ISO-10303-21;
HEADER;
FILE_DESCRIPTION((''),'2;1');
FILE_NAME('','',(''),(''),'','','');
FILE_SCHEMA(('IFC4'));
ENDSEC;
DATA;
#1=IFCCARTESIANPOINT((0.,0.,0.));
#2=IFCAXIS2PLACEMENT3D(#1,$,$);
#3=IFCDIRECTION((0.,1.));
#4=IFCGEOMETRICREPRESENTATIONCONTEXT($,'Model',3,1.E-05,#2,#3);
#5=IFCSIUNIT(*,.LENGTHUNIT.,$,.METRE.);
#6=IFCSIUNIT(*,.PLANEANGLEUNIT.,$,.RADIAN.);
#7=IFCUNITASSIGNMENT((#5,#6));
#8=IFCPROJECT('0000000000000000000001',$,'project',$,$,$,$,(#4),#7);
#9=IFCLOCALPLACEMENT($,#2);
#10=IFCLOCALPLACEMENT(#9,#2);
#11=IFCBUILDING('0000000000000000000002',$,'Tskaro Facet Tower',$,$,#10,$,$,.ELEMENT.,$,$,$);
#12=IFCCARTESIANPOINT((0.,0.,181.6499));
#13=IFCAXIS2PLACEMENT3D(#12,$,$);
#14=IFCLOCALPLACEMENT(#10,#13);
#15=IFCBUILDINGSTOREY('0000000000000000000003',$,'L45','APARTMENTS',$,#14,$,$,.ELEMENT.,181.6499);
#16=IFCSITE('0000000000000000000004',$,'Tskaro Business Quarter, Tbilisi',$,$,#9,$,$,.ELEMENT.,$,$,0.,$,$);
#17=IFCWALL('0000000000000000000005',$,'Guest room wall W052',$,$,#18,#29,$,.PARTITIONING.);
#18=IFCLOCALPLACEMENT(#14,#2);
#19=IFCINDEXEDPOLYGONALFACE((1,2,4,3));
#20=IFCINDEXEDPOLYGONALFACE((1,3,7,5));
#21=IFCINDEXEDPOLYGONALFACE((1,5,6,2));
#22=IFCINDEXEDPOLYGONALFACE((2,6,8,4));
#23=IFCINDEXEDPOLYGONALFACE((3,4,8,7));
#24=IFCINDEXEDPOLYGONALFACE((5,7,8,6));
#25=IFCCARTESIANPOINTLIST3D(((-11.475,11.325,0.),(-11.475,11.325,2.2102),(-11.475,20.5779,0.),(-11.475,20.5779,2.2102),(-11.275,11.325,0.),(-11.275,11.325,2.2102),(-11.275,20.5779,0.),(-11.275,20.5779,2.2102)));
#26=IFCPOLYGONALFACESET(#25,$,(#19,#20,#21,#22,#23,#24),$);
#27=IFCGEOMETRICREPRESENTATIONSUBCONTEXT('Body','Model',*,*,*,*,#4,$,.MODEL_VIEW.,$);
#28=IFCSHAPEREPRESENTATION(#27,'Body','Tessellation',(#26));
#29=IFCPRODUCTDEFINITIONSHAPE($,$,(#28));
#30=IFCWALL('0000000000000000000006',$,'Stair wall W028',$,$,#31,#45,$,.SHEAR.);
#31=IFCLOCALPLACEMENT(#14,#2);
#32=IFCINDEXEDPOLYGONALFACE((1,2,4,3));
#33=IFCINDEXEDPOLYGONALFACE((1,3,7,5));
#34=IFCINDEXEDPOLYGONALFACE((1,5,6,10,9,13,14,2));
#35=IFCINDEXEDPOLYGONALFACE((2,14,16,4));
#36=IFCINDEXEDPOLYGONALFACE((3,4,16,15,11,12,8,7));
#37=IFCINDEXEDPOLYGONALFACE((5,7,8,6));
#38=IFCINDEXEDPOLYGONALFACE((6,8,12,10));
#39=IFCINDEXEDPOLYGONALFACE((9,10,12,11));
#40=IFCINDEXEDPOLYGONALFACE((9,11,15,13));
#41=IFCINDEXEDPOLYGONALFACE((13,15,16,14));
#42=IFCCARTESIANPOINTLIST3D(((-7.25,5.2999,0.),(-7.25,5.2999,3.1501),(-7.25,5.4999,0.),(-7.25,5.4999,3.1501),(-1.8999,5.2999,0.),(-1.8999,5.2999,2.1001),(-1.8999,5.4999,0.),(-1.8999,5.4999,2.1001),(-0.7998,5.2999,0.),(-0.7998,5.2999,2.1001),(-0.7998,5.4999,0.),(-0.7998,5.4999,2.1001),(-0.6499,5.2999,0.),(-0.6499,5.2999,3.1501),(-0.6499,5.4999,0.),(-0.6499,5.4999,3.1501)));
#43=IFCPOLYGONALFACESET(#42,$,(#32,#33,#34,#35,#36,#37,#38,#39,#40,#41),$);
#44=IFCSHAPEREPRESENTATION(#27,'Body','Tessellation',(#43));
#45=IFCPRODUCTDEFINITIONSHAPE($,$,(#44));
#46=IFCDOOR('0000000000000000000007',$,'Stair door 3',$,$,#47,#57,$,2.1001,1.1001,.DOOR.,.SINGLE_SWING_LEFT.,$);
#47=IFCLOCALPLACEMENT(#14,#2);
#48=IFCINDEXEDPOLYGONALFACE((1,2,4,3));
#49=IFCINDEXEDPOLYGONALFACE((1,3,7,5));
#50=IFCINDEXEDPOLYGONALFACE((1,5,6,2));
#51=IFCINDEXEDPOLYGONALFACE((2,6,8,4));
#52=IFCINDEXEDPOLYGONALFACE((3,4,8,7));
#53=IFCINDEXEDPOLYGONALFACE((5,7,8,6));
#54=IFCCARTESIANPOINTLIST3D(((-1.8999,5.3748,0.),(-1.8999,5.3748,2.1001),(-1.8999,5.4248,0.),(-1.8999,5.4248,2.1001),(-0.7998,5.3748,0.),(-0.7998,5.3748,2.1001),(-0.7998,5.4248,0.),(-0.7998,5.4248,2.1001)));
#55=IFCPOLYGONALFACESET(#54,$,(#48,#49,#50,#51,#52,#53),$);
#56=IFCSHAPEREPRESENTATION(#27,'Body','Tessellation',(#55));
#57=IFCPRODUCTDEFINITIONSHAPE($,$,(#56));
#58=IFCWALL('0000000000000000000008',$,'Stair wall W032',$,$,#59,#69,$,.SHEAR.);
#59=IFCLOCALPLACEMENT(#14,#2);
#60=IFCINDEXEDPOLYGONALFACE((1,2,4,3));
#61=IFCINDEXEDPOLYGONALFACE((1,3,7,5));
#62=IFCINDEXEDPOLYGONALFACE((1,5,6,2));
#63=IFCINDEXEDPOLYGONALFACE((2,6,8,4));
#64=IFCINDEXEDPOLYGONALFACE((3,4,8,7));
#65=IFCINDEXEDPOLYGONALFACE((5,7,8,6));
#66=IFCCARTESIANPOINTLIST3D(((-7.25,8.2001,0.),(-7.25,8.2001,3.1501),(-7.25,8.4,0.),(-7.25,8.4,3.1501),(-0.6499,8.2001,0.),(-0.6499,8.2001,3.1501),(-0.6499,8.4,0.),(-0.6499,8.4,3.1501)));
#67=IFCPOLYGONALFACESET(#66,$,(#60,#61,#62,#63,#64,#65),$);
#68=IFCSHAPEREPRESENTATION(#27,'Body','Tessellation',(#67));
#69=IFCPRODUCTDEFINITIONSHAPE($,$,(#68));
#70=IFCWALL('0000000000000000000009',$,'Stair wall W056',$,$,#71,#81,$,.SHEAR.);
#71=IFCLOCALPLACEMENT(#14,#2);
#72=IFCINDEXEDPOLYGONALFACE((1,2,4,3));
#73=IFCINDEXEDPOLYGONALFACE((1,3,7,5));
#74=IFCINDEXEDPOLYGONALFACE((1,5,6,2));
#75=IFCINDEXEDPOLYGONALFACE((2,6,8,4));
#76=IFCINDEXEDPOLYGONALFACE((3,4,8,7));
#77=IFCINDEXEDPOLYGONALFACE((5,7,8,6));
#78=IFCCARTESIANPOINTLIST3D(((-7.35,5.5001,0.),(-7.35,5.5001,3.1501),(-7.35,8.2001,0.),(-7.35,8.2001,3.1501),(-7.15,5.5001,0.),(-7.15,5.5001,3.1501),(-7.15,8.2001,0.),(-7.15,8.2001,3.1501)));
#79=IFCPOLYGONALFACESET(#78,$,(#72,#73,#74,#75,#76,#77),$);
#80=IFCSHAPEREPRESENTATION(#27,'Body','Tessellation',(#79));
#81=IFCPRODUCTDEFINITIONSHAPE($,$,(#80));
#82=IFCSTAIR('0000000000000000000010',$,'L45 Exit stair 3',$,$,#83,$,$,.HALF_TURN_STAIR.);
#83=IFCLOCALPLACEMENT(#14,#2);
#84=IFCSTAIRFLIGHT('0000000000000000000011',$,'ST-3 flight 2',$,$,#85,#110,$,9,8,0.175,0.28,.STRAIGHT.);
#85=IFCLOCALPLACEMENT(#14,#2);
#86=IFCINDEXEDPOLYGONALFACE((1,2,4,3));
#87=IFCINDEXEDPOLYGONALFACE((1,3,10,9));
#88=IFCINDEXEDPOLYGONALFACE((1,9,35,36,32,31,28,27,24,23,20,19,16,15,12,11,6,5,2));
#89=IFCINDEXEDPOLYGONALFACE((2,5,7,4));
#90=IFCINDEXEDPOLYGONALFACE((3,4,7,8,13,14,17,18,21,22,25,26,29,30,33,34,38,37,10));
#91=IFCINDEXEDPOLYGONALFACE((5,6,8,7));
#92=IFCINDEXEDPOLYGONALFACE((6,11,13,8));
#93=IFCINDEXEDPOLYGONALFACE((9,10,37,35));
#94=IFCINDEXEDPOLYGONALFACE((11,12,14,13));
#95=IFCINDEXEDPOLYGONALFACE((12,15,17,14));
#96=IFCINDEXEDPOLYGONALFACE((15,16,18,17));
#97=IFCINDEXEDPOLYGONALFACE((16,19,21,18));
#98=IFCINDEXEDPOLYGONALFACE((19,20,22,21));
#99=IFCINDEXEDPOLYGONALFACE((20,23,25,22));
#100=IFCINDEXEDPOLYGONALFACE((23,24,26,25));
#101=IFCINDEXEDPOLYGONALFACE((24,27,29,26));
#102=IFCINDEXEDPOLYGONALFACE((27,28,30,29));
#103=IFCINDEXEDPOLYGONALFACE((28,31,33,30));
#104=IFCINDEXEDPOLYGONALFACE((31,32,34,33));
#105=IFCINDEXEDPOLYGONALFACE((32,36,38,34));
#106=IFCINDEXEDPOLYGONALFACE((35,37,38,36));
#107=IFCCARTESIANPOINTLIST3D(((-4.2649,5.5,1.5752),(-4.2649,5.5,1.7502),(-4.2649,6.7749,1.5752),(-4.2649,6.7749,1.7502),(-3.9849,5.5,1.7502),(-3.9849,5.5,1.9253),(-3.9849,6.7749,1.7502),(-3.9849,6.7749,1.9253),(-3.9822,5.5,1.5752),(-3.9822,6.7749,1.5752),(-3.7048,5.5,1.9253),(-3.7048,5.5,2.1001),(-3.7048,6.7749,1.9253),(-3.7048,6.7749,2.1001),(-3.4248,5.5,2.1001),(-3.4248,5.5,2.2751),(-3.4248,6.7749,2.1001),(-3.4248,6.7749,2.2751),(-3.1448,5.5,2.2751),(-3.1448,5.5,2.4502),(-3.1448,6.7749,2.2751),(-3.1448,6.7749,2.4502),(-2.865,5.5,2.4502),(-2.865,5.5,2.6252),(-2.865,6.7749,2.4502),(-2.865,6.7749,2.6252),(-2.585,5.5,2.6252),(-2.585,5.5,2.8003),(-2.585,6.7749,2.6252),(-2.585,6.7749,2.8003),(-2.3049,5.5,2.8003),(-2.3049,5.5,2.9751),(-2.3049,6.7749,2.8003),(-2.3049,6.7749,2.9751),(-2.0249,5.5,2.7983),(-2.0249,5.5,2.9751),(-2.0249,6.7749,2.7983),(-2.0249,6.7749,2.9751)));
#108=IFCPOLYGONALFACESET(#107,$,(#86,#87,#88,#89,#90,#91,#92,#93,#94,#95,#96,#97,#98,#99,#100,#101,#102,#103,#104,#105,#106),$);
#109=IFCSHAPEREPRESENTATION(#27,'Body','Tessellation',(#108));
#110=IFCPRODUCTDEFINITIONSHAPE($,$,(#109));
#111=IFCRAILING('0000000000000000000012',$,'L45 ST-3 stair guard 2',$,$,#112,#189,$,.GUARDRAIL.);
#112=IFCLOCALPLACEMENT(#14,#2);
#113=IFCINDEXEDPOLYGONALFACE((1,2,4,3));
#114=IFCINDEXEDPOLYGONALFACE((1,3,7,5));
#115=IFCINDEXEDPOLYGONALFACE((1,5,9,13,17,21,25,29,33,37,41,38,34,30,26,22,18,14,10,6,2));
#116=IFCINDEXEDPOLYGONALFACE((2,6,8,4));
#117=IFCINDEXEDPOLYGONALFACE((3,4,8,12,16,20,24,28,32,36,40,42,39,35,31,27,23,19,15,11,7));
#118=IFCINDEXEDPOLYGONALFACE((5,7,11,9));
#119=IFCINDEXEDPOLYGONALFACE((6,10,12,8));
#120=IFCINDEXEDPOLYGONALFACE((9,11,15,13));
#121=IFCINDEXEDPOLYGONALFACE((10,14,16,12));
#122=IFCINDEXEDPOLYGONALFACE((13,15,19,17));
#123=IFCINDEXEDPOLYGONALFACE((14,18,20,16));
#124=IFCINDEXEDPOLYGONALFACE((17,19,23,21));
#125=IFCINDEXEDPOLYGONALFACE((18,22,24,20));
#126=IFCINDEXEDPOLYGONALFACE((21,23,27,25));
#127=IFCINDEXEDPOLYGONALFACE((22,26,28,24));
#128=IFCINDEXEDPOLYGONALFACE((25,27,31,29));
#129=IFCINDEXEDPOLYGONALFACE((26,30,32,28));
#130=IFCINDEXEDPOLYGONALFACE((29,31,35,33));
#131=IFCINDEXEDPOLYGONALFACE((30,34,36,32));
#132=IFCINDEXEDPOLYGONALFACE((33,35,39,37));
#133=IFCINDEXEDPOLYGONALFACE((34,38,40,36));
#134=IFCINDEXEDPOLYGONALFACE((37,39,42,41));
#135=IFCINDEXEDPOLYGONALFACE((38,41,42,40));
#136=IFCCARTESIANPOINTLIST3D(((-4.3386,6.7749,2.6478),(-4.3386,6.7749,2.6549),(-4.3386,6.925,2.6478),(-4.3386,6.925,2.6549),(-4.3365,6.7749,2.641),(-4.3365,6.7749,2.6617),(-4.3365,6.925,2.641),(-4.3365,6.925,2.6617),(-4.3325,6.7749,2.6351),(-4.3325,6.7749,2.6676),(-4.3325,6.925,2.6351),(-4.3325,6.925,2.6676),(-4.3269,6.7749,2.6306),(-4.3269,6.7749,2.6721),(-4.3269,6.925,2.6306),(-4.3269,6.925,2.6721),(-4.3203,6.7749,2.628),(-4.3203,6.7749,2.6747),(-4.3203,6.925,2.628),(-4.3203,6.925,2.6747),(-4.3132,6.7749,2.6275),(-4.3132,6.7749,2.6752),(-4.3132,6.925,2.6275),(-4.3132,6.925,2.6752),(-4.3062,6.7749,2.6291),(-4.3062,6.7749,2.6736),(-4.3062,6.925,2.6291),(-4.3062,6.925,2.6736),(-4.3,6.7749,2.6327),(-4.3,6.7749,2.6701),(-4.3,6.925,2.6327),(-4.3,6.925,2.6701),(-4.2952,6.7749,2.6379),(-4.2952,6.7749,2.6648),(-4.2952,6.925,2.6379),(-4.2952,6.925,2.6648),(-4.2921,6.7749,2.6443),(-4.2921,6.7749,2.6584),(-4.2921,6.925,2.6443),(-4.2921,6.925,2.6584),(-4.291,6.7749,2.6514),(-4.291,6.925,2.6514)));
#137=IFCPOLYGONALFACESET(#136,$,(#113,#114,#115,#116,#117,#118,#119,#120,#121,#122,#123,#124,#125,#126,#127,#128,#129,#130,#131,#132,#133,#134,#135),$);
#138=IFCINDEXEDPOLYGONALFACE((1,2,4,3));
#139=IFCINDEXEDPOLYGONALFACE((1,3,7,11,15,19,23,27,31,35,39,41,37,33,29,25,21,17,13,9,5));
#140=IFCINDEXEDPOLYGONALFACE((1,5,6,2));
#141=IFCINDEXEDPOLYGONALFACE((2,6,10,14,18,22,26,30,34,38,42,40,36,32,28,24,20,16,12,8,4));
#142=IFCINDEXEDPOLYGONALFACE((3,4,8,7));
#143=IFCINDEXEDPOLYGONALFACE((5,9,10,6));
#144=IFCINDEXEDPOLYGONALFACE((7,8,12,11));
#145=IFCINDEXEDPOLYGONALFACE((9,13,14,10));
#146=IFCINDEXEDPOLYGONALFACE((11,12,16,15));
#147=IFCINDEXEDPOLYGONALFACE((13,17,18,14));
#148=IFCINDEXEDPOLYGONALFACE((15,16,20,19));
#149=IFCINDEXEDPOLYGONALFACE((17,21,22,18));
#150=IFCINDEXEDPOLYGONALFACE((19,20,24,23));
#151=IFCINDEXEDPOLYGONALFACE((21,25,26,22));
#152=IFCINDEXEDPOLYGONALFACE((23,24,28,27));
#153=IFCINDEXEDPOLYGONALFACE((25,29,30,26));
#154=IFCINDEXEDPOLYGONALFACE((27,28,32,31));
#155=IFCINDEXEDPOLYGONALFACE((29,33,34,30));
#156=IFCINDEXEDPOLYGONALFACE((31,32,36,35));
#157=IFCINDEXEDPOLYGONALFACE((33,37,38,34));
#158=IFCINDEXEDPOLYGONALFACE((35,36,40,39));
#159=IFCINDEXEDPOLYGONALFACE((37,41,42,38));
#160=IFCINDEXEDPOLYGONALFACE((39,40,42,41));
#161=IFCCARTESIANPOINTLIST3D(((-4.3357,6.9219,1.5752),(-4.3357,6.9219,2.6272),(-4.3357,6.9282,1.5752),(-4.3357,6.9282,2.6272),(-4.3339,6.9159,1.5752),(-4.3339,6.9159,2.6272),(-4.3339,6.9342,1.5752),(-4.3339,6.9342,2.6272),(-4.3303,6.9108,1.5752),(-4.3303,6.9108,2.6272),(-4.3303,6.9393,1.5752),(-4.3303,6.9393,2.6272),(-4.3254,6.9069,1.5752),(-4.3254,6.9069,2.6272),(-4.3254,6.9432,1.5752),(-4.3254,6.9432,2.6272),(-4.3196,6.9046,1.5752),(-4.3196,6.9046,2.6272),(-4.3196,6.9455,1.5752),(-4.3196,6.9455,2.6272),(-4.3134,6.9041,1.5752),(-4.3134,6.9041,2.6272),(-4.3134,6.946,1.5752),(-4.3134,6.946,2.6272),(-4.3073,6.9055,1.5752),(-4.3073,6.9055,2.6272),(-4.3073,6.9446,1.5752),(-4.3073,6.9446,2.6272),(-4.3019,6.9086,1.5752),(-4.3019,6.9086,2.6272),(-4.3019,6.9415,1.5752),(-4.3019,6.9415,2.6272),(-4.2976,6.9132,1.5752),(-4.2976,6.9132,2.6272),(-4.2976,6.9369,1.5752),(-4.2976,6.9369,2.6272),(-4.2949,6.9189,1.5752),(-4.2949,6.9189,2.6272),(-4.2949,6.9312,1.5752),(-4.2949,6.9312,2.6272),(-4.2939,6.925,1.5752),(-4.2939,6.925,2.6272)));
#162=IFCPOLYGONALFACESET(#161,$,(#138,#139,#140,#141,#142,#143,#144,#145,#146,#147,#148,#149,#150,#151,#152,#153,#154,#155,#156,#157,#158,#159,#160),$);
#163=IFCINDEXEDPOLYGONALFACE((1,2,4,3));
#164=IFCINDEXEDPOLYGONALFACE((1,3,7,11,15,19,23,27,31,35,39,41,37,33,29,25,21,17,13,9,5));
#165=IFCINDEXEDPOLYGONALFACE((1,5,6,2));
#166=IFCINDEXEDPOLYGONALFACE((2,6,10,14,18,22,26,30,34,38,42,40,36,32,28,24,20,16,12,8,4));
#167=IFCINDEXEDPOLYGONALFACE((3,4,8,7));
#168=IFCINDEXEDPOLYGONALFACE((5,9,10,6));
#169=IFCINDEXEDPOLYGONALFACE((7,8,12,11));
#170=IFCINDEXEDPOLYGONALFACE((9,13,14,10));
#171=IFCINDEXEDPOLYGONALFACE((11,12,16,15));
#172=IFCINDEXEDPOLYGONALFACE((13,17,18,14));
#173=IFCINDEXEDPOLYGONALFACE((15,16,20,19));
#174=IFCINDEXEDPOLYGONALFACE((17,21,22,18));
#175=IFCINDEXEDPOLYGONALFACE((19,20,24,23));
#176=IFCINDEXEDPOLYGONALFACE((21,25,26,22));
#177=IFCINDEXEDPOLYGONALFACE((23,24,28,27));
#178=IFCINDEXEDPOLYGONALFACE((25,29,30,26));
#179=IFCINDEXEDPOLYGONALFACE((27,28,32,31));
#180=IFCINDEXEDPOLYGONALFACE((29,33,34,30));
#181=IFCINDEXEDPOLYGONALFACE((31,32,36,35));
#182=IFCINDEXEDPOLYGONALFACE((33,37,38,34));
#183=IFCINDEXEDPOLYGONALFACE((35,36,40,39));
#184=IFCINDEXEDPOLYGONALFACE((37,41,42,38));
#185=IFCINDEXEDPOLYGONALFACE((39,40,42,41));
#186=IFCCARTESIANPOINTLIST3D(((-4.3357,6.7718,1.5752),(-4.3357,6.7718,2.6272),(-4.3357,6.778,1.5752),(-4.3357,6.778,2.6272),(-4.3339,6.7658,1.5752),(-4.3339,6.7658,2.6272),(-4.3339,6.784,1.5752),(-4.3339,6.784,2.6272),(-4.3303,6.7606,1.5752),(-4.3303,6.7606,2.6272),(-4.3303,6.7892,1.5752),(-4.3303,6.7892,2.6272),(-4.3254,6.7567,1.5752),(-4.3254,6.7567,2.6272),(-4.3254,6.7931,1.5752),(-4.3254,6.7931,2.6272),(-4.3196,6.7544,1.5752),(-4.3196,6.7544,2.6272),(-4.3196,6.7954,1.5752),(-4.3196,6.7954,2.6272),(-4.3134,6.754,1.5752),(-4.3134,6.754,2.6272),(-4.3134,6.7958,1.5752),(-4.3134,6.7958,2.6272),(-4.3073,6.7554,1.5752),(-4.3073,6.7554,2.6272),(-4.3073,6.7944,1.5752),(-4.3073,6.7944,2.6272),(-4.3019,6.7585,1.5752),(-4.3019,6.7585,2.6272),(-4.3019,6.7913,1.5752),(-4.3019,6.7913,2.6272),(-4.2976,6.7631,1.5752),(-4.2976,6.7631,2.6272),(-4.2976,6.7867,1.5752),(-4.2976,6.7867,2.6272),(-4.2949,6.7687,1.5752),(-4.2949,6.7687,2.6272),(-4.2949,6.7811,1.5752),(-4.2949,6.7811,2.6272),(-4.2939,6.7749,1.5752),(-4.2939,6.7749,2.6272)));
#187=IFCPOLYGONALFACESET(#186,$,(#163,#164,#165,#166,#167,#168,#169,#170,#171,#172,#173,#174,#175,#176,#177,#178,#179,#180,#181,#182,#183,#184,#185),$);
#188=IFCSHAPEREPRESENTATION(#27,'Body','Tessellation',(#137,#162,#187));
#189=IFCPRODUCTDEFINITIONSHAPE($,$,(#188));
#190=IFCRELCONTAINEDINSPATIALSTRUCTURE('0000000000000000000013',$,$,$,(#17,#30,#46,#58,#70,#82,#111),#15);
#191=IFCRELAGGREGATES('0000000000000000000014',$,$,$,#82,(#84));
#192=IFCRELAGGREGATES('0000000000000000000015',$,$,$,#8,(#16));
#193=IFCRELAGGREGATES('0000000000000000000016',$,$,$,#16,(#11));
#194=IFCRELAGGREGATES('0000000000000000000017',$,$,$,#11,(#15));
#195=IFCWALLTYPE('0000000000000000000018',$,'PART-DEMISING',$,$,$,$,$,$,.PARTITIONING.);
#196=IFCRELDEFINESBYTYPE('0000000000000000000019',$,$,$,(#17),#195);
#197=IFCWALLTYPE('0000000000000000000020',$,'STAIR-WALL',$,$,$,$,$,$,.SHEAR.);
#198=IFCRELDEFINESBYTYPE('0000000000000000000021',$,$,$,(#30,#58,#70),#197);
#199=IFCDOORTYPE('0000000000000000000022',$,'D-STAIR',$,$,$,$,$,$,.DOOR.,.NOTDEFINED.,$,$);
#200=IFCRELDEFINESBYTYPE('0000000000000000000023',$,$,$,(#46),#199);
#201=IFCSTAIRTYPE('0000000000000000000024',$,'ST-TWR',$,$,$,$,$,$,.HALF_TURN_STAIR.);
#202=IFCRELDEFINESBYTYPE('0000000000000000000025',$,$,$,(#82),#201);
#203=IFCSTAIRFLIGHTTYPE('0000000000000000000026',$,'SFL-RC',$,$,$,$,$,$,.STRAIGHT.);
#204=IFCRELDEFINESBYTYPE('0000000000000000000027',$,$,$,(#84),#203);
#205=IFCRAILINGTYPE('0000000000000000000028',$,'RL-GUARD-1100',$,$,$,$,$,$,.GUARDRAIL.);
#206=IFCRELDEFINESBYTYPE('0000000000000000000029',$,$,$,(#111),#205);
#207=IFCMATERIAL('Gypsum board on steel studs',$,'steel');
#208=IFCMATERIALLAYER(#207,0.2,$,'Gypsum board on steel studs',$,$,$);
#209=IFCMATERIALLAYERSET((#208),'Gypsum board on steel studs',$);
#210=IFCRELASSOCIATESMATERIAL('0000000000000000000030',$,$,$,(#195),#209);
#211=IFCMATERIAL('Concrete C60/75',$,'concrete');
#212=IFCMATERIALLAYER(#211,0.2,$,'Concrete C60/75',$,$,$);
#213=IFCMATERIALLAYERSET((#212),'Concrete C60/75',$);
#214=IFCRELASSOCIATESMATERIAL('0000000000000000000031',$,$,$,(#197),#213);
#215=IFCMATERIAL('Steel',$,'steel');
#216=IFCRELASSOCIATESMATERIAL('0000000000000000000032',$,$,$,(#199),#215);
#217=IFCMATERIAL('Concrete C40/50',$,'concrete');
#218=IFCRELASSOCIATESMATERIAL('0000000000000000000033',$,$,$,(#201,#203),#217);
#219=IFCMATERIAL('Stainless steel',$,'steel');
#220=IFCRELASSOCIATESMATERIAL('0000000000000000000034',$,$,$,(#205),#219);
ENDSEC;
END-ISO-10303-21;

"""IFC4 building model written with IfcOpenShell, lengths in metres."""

from ifc_helpers import new_model, si_unit, direction, frame, frame_2d, origin, origin_2d, place, context, subcontext, project, spatial, polyline, rectangle, circle, outline, extrude, material, layer, layer_set, type_object, element, fill, aggregate, save


model = new_model("IFC4")

# Units and contexts
model_context = context("Model", 3, precision=1e-05, world=origin(), true_north=direction((0.0, 1.0)))
body_context = subcontext(model_context, "Body", "Model", "MODEL_VIEW")
ifc_project = project(units=[si_unit("LENGTHUNIT", "METRE"), si_unit("PLANEANGLEUNIT", "RADIAN")], contexts=[model_context])

# Site, building, storey
site_placement = place(None, origin())
site = spatial("IfcSite", under=ifc_project, at=site_placement, Name="Tskaro Business Quarter, Tbilisi", CompositionType="ELEMENT", RefElevation=0.0)
building_placement = place(site_placement, origin())
building = spatial("IfcBuilding", under=site, at=building_placement, Name="Tskaro Facet Tower", CompositionType="ELEMENT")
storey_placement = place(building_placement, frame((0.0, 0.0, 181.6499)))
storey = spatial("IfcBuildingStorey", under=building, at=storey_placement, Name="L45", Description="APARTMENTS", CompositionType="ELEMENT", Elevation=181.6499)

# Shared definitions
ifc_material_1 = material(Name="Concrete C40/50", Category="concrete")
ifc_material_2 = material(Name="Steel", Category="steel")

# Shared definitions
ifc_material_3 = material(Name="Gypsum board on steel studs", Category="steel")

# Wall
ifc_layer_1 = layer(ifc_material_3, 0.2, Name="Gypsum board on steel studs")
ifc_layer_set_1 = layer_set([ifc_layer_1], Name="Gypsum board on steel studs")
wall_type_1 = type_object("IfcWallType", Name="PART-DEMISING", PredefinedType="PARTITIONING", material=ifc_layer_set_1)
wall_1_placement = place(storey_placement, frame((-11.375, 11.325, 0.0), z_axis=(0.0, 0.0, 1.0), x_axis=(0.0, 1.0, 0.0)))
element("IfcWall", 1, at=wall_1_placement, inside=storey, type_object=wall_type_1, Name="Guest room wall W052", PredefinedType="PARTITIONING", context=body_context, shape_type="SweptSolid", body=[
    extrude(rectangle(XDim=9.2529, YDim=0.2, at=frame_2d((4.6265, 0.0))), origin(), (0.0, 0.0, 1.0), 2.2102),
])

# Wall, opening, door
ifc_material_4 = material(Name="Concrete C60/75", Category="concrete")
ifc_layer_2 = layer(ifc_material_4, 0.2, Name="Concrete C60/75")
ifc_layer_set_2 = layer_set([ifc_layer_2], Name="Concrete C60/75")
wall_type_2 = type_object("IfcWallType", Name="STAIR-WALL", PredefinedType="SHEAR", material=ifc_layer_set_2)
wall_2_placement = place(storey_placement, frame((-7.25, 5.3999, 0.0), z_axis=(0.0, 0.0, 1.0), x_axis=(1.0, 0.0, 0.0)))
wall_2 = element("IfcWall", 2, at=wall_2_placement, inside=storey, type_object=wall_type_2, Name="Stair wall W028", PredefinedType="SHEAR", context=body_context, shape_type="SweptSolid", body=[
    extrude(rectangle(XDim=6.6001, YDim=0.2, at=frame_2d((3.3, 0.0))), origin(), (0.0, 0.0, 1.0), 3.1501),
])
opening_1_placement = place(wall_2_placement, frame((5.3501, 0.0, 0.0)))
opening_1 = element("IfcOpeningElement", 3, at=opening_1_placement, cuts=wall_2, PredefinedType="OPENING", context=body_context, shape_type="SweptSolid", body=[
    extrude(rectangle(XDim=1.1001, YDim=2.1001, at=frame_2d((0.55, 1.05))), frame((0.0, 0.1099, 0.0), z_axis=(0.0, -1.0, 0.0), x_axis=(1.0, 0.0, 0.0)), (0.0, 0.0, 1.0), 0.22),
])
door_type_1 = type_object("IfcDoorType", Name="D-STAIR", OperationType="NOTDEFINED", PredefinedType="DOOR", material=ifc_material_2)
door_1_placement = place(opening_1_placement, origin())
door_1 = element("IfcDoor", 4, at=door_1_placement, inside=storey, type_object=door_type_1, Name="Stair door 3", OperationType="SINGLE_SWING_LEFT", OverallHeight=2.1001, OverallWidth=1.1001, PredefinedType="DOOR", context=body_context, shape_type="SweptSolid", body=[
    extrude(rectangle(XDim=1.1001, YDim=2.1001, at=frame_2d((0.55, 1.05))), frame((0.0, 0.0249, 0.0), z_axis=(0.0, -1.0, 0.0), x_axis=(1.0, 0.0, 0.0)), (0.0, 0.0, 1.0), 0.05),
])
fill(opening_1, door_1)

# Walls
wall_3_placement = place(storey_placement, frame((-7.25, 8.3, 0.0), z_axis=(0.0, 0.0, 1.0), x_axis=(1.0, 0.0, 0.0)))
element("IfcWall", 5, at=wall_3_placement, inside=storey, type_object=wall_type_2, Name="Stair wall W032", PredefinedType="SHEAR", context=body_context, shape_type="SweptSolid", body=[
    extrude(rectangle(XDim=6.6001, YDim=0.2, at=frame_2d((3.3, 0.0))), origin(), (0.0, 0.0, 1.0), 3.1501),
])
wall_4_placement = place(storey_placement, frame((-7.25, 5.5, 0.0), z_axis=(0.0, 0.0, 1.0), x_axis=(0.0, 1.0, 0.0)))
element("IfcWall", 6, at=wall_4_placement, inside=storey, type_object=wall_type_2, Name="Stair wall W056", PredefinedType="SHEAR", context=body_context, shape_type="SweptSolid", body=[
    extrude(rectangle(XDim=2.7, YDim=0.2, at=frame_2d((1.3501, 0.0))), origin(), (0.0, 0.0, 1.0), 3.1501),
])

# Stair, stair flight
stair_type = type_object("IfcStairType", Name="ST-TWR", PredefinedType="HALF_TURN_STAIR", material=ifc_material_1)
stair_placement = place(storey_placement, origin())
stair = element("IfcStair", 7, at=stair_placement, inside=storey, type_object=stair_type, Name="L45 Exit stair 3", PredefinedType="HALF_TURN_STAIR")
stair_flight_type = type_object("IfcStairFlightType", Name="SFL-RC", PredefinedType="STRAIGHT", material=ifc_material_1)
stair_flight_placement = place(storey_placement, frame((-4.2649, 6.1375, 1.5752), z_axis=(0.0, 0.0, 1.0), x_axis=(1.0, 0.0, 0.0)))
stair_flight = element("IfcStairFlight", 8, at=stair_flight_placement, type_object=stair_flight_type, Name="ST-3 flight 2", NumberOfRisers=9, NumberOfTreads=8, PredefinedType="STRAIGHT", RiserHeight=0.175, TreadLength=0.28, context=body_context, shape_type="SweptSolid", body=[
    extrude(outline(polyline([(0.0, 0.0), (0.0, 0.175), (0.28, 0.175), (0.28, 0.3501), (0.5601, 0.3501), (0.5601, 0.5249), (0.8401, 0.5249), (0.8401, 0.7), (1.1201, 0.7), (1.1201, 0.875), (1.3999, 0.875), (1.3999, 1.05), (1.6799, 1.05), (1.6799, 1.2251), (1.96, 1.2251), (1.96, 1.3999), (2.24, 1.3999), (2.24, 1.575), (2.24, 1.2231), (0.2827, 0.0), (0.0, 0.0)])), frame((0.0, 0.6375, 0.0), z_axis=(0.0, -1.0, 0.0), x_axis=(1.0, 0.0, 0.0)), (0.0, 0.0, 1.0), 1.2749),
])
aggregate(stair, [stair_flight])

# Railing
ifc_material_5 = material(Name="Stainless steel", Category="steel")
railing_type_1 = type_object("IfcRailingType", Name="RL-GUARD-1100", PredefinedType="GUARDRAIL", material=ifc_material_5)
railing_1_placement = place(storey_placement, frame((-4.3149, 6.925, 1.5752)))
element("IfcRailing", 9, at=railing_1_placement, inside=storey, type_object=railing_type_1, Name="L45 ST-3 stair guard 2", PredefinedType="GUARDRAIL", context=body_context, shape_type="SweptSolid", body=[
    extrude(circle(Radius=0.0239, at=origin_2d()), frame((0.0, 0.0, 1.0762), z_axis=(0.0, -1.0, 0.0), x_axis=(1.0, 0.0, 0.0)), (0.0, 0.0, 1.0), 0.1501),
    extrude(circle(Radius=0.021, at=origin_2d()), origin(), (0.0, 0.0, 1.0), 1.052),
    extrude(circle(Radius=0.021, at=origin_2d()), frame((0.0, -0.1501, 0.0)), (0.0, 0.0, 1.0), 1.052),
])

save(model, "model.ifc")
